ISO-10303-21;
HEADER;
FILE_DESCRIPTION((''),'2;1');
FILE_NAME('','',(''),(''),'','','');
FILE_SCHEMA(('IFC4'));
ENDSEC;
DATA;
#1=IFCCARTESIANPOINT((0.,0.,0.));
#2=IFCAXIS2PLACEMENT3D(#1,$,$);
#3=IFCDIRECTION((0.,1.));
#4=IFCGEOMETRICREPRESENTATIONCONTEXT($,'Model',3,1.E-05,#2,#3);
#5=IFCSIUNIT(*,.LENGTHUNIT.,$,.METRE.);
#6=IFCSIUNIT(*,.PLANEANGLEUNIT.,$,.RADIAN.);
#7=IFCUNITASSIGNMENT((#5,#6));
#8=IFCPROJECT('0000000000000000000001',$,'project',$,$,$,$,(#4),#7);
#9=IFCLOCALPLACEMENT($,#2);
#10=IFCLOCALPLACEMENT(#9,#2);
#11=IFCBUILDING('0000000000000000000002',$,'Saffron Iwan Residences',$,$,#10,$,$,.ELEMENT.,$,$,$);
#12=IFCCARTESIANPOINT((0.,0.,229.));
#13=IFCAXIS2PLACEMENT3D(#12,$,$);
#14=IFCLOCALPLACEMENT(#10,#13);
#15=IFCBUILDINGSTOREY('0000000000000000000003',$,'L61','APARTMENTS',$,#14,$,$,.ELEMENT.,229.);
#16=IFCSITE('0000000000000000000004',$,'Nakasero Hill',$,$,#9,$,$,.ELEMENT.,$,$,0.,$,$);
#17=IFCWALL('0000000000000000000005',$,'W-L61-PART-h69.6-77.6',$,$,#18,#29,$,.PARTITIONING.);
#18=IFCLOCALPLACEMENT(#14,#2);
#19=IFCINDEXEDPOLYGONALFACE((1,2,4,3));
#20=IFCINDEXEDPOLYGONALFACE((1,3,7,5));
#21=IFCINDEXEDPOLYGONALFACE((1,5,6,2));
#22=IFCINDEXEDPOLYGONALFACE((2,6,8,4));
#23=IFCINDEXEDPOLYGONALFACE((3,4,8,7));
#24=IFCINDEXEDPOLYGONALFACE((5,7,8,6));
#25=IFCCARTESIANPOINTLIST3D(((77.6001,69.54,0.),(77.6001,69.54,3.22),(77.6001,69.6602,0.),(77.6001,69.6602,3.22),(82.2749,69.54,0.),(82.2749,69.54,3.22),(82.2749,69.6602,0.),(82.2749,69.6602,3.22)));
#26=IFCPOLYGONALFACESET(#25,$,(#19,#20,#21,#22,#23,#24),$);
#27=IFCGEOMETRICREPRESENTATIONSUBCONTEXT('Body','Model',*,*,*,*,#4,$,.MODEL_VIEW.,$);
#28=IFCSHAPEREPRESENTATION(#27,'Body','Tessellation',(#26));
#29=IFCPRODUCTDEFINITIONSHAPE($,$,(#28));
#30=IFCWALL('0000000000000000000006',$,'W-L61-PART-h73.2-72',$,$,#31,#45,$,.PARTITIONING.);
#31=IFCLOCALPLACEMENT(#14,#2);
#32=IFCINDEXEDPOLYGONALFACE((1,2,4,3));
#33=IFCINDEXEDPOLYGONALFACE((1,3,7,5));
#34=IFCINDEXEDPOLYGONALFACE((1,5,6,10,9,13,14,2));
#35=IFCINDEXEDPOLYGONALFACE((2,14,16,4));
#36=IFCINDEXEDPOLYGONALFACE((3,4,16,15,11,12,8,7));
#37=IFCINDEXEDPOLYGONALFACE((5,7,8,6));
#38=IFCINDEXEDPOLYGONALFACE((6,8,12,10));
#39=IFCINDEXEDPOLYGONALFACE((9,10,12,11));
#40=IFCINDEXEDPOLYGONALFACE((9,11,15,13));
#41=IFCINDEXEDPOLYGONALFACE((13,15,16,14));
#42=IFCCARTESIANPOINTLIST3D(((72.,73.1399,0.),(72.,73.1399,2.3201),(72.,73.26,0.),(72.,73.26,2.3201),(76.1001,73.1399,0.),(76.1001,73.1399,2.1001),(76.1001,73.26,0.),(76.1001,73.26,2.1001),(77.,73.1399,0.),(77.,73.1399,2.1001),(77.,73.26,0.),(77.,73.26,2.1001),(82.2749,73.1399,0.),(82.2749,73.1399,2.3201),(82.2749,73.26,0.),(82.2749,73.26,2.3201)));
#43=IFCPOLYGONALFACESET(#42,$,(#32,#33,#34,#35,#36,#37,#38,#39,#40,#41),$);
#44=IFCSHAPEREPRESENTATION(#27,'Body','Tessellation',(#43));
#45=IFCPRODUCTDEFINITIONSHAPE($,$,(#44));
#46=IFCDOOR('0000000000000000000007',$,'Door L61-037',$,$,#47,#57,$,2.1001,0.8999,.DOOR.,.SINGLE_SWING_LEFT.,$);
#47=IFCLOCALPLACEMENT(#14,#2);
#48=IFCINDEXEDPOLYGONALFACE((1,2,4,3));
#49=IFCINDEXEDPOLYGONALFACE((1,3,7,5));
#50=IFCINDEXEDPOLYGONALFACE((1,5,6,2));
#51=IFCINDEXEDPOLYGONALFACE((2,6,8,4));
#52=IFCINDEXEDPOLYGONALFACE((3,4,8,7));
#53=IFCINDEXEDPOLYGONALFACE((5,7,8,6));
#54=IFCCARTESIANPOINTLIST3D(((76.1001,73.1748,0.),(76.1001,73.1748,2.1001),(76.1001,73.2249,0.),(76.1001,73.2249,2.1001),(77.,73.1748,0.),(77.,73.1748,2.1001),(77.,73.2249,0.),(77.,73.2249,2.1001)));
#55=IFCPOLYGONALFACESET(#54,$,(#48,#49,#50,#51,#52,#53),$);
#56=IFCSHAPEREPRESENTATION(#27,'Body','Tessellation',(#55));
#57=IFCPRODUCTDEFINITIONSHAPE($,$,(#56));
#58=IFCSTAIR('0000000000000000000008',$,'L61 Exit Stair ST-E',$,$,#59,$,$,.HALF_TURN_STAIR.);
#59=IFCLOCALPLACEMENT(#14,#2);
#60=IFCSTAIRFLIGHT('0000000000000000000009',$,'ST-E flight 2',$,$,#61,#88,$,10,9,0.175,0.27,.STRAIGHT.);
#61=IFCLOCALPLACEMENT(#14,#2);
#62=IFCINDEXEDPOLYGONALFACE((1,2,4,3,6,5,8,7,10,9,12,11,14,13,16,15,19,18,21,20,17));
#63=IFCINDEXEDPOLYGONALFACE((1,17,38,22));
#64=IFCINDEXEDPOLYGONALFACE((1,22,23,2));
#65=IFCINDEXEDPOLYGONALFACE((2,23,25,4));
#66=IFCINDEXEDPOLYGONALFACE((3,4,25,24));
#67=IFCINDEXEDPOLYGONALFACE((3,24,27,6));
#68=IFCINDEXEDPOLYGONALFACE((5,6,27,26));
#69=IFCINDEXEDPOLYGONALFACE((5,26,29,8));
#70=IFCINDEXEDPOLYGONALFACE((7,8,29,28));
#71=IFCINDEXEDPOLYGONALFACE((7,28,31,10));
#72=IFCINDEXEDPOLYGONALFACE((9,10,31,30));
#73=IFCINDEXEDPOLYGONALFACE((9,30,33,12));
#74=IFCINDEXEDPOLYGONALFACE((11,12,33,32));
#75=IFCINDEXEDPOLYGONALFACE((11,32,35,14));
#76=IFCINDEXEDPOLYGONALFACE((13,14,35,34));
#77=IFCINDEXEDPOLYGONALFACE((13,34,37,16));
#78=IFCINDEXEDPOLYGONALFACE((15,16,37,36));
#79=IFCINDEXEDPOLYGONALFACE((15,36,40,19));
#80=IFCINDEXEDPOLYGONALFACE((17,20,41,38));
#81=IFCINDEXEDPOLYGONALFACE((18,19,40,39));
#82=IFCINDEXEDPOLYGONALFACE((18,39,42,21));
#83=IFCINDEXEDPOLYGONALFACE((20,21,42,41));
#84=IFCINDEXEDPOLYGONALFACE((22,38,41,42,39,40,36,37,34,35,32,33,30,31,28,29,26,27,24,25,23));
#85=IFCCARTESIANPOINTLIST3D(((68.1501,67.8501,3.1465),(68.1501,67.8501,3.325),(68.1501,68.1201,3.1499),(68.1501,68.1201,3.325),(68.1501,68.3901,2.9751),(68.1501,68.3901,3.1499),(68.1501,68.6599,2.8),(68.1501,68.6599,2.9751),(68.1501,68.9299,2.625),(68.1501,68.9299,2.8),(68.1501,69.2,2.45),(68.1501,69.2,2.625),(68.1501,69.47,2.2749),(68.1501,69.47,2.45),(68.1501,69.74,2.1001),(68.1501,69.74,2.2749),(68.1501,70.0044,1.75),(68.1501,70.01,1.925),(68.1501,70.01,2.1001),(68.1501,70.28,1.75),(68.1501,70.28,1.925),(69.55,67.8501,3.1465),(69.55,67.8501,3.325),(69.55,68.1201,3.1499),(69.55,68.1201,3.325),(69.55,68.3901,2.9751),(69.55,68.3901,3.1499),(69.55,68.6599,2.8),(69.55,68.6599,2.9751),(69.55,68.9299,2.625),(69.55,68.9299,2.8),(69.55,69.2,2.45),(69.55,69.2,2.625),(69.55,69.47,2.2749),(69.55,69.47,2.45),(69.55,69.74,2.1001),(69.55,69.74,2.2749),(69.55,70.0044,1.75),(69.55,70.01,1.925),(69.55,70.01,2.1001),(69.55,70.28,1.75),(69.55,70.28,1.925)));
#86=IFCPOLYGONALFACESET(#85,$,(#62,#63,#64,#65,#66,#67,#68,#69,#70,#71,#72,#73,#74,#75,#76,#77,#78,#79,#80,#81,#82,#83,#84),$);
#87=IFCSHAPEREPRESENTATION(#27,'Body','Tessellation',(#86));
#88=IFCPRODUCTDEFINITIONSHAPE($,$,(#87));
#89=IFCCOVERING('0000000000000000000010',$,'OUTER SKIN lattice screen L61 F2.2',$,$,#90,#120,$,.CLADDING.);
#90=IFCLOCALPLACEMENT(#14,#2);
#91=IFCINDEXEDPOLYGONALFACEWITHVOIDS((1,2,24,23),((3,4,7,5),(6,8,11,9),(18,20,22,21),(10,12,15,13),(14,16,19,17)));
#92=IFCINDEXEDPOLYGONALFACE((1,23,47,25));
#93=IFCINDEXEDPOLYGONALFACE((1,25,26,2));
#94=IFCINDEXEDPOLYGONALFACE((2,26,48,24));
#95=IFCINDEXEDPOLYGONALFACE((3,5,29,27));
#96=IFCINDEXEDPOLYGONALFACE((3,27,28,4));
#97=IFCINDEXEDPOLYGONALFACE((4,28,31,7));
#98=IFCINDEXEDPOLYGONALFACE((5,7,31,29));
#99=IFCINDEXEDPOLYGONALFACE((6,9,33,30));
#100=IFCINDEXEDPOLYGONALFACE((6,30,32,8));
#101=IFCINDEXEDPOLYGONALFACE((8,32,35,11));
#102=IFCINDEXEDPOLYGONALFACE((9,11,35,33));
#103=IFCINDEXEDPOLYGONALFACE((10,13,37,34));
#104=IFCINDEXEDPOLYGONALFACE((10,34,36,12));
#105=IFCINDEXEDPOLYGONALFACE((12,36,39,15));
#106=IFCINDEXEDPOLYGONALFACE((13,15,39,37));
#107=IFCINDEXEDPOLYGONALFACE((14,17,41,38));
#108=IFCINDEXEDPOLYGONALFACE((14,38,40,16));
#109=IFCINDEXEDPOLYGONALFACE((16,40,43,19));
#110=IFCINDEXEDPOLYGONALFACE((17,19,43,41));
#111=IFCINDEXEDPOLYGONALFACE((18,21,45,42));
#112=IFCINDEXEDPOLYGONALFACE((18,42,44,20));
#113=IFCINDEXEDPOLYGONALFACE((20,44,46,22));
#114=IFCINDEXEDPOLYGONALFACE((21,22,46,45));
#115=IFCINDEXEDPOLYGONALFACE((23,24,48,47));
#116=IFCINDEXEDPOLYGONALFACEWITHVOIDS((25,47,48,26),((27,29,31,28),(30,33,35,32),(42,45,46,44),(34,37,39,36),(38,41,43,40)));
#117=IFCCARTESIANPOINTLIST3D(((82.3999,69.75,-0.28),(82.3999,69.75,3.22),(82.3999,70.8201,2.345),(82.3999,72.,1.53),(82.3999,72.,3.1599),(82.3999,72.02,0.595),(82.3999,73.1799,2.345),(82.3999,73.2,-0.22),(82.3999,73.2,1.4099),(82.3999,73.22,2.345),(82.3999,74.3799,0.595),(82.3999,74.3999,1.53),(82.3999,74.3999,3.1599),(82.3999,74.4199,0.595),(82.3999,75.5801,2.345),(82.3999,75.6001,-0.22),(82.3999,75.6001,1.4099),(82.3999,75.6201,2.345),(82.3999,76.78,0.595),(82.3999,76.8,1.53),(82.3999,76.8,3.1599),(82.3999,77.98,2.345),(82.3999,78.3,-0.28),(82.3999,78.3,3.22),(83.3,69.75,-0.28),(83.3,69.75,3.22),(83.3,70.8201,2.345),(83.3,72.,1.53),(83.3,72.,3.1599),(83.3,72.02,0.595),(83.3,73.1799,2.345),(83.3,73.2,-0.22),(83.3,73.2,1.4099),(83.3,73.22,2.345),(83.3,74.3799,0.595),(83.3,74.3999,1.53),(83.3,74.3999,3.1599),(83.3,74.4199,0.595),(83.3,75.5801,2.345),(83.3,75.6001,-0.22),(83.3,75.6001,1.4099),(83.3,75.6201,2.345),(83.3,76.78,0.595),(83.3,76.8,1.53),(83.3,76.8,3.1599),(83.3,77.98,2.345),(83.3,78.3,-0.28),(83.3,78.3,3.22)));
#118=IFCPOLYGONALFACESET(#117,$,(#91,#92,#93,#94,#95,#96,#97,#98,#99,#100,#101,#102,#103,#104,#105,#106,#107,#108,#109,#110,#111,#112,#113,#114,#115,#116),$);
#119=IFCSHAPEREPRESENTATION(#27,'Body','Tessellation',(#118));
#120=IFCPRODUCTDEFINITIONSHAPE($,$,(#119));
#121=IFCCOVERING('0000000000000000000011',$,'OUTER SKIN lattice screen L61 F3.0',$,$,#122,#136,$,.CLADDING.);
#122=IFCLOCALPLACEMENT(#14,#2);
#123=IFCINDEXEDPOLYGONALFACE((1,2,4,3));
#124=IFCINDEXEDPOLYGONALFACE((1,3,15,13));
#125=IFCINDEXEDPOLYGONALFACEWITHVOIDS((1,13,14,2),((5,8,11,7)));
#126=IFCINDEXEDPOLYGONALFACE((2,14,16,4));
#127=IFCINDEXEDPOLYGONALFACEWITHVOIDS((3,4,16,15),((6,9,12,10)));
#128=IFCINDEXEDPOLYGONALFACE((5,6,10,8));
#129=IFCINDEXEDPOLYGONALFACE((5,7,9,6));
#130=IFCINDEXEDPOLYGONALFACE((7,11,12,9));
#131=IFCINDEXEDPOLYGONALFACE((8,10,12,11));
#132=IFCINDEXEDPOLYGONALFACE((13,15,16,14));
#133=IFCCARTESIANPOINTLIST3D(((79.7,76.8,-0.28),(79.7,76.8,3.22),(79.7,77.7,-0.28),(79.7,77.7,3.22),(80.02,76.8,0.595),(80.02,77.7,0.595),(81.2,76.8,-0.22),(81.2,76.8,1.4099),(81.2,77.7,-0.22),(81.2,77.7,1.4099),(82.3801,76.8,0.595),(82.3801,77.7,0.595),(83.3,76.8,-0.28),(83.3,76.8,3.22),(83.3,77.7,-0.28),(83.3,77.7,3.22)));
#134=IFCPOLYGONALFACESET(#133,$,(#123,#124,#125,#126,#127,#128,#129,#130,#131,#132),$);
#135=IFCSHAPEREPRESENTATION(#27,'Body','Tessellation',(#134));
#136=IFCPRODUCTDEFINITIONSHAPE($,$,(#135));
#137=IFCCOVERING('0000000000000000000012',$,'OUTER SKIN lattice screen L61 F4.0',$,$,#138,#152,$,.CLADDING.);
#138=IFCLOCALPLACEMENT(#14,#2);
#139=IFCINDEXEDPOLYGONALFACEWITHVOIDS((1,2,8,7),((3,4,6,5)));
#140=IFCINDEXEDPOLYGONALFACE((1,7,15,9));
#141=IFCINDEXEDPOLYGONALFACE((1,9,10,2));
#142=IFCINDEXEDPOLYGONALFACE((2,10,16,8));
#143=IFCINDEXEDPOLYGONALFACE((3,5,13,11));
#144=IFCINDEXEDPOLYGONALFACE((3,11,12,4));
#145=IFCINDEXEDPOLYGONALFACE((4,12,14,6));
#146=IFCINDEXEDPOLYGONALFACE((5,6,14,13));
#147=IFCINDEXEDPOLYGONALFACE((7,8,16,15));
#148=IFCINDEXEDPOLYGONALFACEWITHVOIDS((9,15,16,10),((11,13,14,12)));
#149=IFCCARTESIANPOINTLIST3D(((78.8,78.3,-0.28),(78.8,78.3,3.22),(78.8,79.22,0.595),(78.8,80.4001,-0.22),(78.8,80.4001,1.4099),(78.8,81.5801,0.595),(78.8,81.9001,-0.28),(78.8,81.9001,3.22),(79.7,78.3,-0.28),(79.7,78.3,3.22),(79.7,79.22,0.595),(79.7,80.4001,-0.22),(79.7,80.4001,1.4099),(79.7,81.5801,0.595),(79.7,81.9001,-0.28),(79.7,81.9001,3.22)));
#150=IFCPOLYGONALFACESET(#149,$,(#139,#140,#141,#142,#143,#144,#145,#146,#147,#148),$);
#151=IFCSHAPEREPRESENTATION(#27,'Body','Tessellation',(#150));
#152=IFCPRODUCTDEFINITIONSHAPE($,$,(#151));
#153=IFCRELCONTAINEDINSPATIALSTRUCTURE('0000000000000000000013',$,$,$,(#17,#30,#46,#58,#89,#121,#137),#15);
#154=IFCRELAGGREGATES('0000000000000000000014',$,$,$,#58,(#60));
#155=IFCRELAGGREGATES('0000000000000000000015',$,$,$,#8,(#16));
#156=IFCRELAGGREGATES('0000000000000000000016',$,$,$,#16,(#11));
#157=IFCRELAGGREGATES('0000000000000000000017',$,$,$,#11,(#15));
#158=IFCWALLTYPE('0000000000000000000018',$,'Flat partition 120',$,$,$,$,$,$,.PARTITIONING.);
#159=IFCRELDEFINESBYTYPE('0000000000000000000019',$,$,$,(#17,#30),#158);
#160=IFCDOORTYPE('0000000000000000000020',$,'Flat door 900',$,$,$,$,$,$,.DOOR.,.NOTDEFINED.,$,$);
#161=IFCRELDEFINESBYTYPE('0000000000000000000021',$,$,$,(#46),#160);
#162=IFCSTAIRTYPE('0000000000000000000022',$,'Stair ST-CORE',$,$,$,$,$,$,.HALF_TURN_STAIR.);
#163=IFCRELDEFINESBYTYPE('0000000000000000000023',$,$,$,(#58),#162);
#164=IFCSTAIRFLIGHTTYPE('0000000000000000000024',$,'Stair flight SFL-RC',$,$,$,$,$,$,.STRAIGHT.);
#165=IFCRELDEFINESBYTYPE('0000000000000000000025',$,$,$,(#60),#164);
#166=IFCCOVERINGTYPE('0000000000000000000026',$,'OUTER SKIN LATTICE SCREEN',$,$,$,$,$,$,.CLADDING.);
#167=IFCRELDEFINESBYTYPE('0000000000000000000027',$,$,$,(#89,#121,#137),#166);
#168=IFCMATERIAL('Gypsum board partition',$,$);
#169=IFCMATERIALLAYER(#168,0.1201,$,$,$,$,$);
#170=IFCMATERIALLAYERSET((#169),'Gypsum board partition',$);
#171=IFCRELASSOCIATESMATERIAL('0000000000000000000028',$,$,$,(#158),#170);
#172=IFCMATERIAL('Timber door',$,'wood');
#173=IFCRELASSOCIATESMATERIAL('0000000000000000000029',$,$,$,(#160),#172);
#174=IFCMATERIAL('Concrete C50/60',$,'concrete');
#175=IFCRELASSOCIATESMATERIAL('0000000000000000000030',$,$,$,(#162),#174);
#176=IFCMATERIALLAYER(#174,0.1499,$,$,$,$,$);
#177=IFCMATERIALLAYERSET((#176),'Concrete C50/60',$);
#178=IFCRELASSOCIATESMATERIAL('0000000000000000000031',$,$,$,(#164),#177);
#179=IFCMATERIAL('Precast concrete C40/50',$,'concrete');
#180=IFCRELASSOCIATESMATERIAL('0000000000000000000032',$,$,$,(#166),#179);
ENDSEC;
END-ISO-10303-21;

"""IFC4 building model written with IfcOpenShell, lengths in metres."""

from ifc_helpers import new_model, si_unit, direction, frame, frame_2d, origin, place, context, subcontext, project, spatial, polyline, rectangle, outline, extrude, material, layer, layer_set, type_object, element, fill, aggregate, save


model = new_model("IFC4")

# Units and contexts
model_context = context("Model", 3, precision=1e-05, world=origin(), true_north=direction((0.0, 1.0)))
body_context = subcontext(model_context, "Body", "Model", "MODEL_VIEW")
ifc_project = project(units=[si_unit("LENGTHUNIT", "METRE"), si_unit("PLANEANGLEUNIT", "RADIAN")], contexts=[model_context])

# Site, building, storey
site_placement = place(None, origin())
site = spatial("IfcSite", under=ifc_project, at=site_placement, Name="Nakasero Hill", CompositionType="ELEMENT", RefElevation=0.0)
building_placement = place(site_placement, origin())
building = spatial("IfcBuilding", under=site, at=building_placement, Name="Saffron Iwan Residences", CompositionType="ELEMENT")
storey_placement = place(building_placement, frame((0.0, 0.0, 229.0)))
storey = spatial("IfcBuildingStorey", under=building, at=storey_placement, Name="L61", Description="APARTMENTS", CompositionType="ELEMENT", Elevation=229.0)

# Wall
ifc_material_1 = material(Name="Gypsum board partition")
ifc_layer_1 = layer(ifc_material_1, 0.1201)
ifc_layer_set_1 = layer_set([ifc_layer_1], Name="Gypsum board partition")
wall_type_1 = type_object("IfcWallType", Name="Flat partition 120", PredefinedType="PARTITIONING", material=ifc_layer_set_1)
wall_1_placement = place(storey_placement, frame((77.6001, 69.6001, 0.0), z_axis=(0.0, 0.0, 1.0), x_axis=(1.0, 0.0, 0.0)))
element("IfcWall", 1, at=wall_1_placement, inside=storey, type_object=wall_type_1, Name="W-L61-PART-h69.6-77.6", PredefinedType="PARTITIONING", context=body_context, shape_type="SweptSolid", body=[
    extrude(rectangle(XDim=4.6748, YDim=0.1201, at=frame_2d((2.3374, 0.0))), origin(), (0.0, 0.0, 1.0), 3.22),
])

# Wall, opening, door
wall_2_placement = place(storey_placement, frame((72.0, 73.2, 0.0), z_axis=(0.0, 0.0, 1.0), x_axis=(1.0, 0.0, 0.0)))
wall_2 = element("IfcWall", 2, at=wall_2_placement, inside=storey, type_object=wall_type_1, Name="W-L61-PART-h73.2-72", PredefinedType="PARTITIONING", context=body_context, shape_type="SweptSolid", body=[
    extrude(rectangle(XDim=10.2749, YDim=0.1201, at=frame_2d((5.1375, 0.0))), origin(), (0.0, 0.0, 1.0), 2.3201),
])
opening_1_placement = place(wall_2_placement, frame((4.1001, 0.0, 0.0)))
opening_1 = element("IfcOpeningElement", 3, at=opening_1_placement, cuts=wall_2, PredefinedType="OPENING", context=body_context, shape_type="SweptSolid", body=[
    extrude(rectangle(XDim=0.8999, YDim=2.1001, at=frame_2d((0.45, 1.05))), frame((0.0, 0.0701, 0.0), z_axis=(0.0, -1.0, 0.0), x_axis=(1.0, 0.0, 0.0)), (0.0, 0.0, 1.0), 0.1401),
])
ifc_material_2 = material(Name="Timber door", Category="wood")
door_type = type_object("IfcDoorType", Name="Flat door 900", OperationType="NOTDEFINED", PredefinedType="DOOR", material=ifc_material_2)
door_placement = place(opening_1_placement, origin())
door = element("IfcDoor", 4, at=door_placement, inside=storey, type_object=door_type, Name="Door L61-037", OperationType="SINGLE_SWING_LEFT", OverallHeight=2.1001, OverallWidth=0.8999, PredefinedType="DOOR", context=body_context, shape_type="SweptSolid", body=[
    extrude(rectangle(XDim=0.8999, YDim=2.1001, at=frame_2d((0.45, 1.05))), frame((0.0, 0.0249, 0.0), z_axis=(0.0, -1.0, 0.0), x_axis=(1.0, 0.0, 0.0)), (0.0, 0.0, 1.0), 0.05),
])
fill(opening_1, door)

# Stair, stair flight
ifc_material_3 = material(Name="Concrete C50/60", Category="concrete")
stair_type = type_object("IfcStairType", Name="Stair ST-CORE", PredefinedType="HALF_TURN_STAIR", material=ifc_material_3)
stair_placement = place(storey_placement, origin())
stair = element("IfcStair", 5, at=stair_placement, inside=storey, type_object=stair_type, Name="L61 Exit Stair ST-E", PredefinedType="HALF_TURN_STAIR")
ifc_layer_2 = layer(ifc_material_3, 0.1499)
ifc_layer_set_2 = layer_set([ifc_layer_2], Name="Concrete C50/60")
stair_flight_type = type_object("IfcStairFlightType", Name="Stair flight SFL-RC", PredefinedType="STRAIGHT", material=ifc_layer_set_2)
stair_flight_placement = place(storey_placement, frame((68.8501, 70.28, 1.75), z_axis=(0.0, 0.0, 1.0), x_axis=(0.0, -1.0, 0.0)))
stair_flight = element("IfcStairFlight", 6, at=stair_flight_placement, type_object=stair_flight_type, Name="ST-E flight 2", NumberOfRisers=10, NumberOfTreads=9, PredefinedType="STRAIGHT", RiserHeight=0.175, TreadLength=0.27, context=body_context, shape_type="SweptSolid", body=[
    extrude(outline(polyline([(0.0, 0.0), (0.0, 0.175), (0.27, 0.175), (0.27, 0.3501), (0.54, 0.3501), (0.54, 0.5249), (0.8101, 0.5249), (0.8101, 0.7), (1.0801, 0.7), (1.0801, 0.875), (1.3501, 0.875), (1.3501, 1.05), (1.6201, 1.05), (1.6201, 1.2251), (1.8899, 1.2251), (1.8899, 1.3999), (2.1599, 1.3999), (2.1599, 1.575), (2.4299, 1.575), (2.4299, 1.75), (2.4299, 1.3965), (0.2756, 0.0), (0.0, 0.0)])), frame((0.0, 0.7, 0.0), z_axis=(0.0, -1.0, 0.0), x_axis=(1.0, 0.0, 0.0)), (0.0, 0.0, 1.0), 1.3999),
])
aggregate(stair, [stair_flight])

# Coverings
ifc_material_4 = material(Name="Precast concrete C40/50", Category="concrete")
covering_type = type_object("IfcCoveringType", Name="OUTER SKIN LATTICE SCREEN", PredefinedType="CLADDING", material=ifc_material_4)
covering_1_placement = place(storey_placement, frame((82.3999, 69.75, -0.28), z_axis=(1.0, 0.0, 0.0), x_axis=(0.0, 1.0, 0.0)))
element("IfcCovering", 7, at=covering_1_placement, inside=storey, type_object=covering_type, Name="OUTER SKIN lattice screen L61 F2.2", PredefinedType="CLADDING", context=body_context, shape_type="SweptSolid", body=[
    extrude(outline(polyline([(0.0, 0.0), (8.55, 0.0), (8.55, 3.5), (0.0, 3.5), (0.0, 0.0)]), holes=[polyline([(2.27, 0.875), (3.45, 0.0601), (4.6299, 0.875), (3.45, 1.6899), (2.27, 0.875)]), polyline([(4.6699, 0.875), (5.8501, 0.0601), (7.03, 0.875), (5.8501, 1.6899), (4.6699, 0.875)]), polyline([(1.0701, 2.625), (2.25, 1.8101), (3.4299, 2.625), (2.25, 3.4399), (1.0701, 2.625)]), polyline([(3.47, 2.625), (4.6499, 1.8101), (5.8301, 2.625), (4.6499, 3.4399), (3.47, 2.625)]), polyline([(5.8701, 2.625), (7.05, 1.8101), (8.23, 2.625), (7.05, 3.4399), (5.8701, 2.625)])]), origin(), (0.0, 0.0, 1.0), 0.9001),
])
for number, where, z_axis, x_axis, name in (
    (8, (83.3, 76.8, -0.28), (0.0, 1.0, 0.0), (-1.0, 0.0, 0.0), "OUTER SKIN lattice screen L61 F3.0"),
    (9, (78.8, 78.3, -0.28), (1.0, 0.0, 0.0), (0.0, 1.0, 0.0), "OUTER SKIN lattice screen L61 F4.0"),
):
    element("IfcCovering", number, at=place(storey_placement, frame(where, z_axis=z_axis, x_axis=x_axis)), inside=storey, type_object=covering_type, Name=name, PredefinedType="CLADDING", context=body_context, shape_type="SweptSolid", body=[
        extrude(outline(polyline([(0.0, 0.0), (3.6001, 0.0), (3.6001, 3.5), (0.0, 3.5), (0.0, 0.0)]), holes=[polyline([(0.9199, 0.875), (2.1001, 0.0601), (3.28, 0.875), (2.1001, 1.6899), (0.9199, 0.875)])]), origin(), (0.0, 0.0, 1.0), 0.8999),
    ])

save(model, "model.ifc")
